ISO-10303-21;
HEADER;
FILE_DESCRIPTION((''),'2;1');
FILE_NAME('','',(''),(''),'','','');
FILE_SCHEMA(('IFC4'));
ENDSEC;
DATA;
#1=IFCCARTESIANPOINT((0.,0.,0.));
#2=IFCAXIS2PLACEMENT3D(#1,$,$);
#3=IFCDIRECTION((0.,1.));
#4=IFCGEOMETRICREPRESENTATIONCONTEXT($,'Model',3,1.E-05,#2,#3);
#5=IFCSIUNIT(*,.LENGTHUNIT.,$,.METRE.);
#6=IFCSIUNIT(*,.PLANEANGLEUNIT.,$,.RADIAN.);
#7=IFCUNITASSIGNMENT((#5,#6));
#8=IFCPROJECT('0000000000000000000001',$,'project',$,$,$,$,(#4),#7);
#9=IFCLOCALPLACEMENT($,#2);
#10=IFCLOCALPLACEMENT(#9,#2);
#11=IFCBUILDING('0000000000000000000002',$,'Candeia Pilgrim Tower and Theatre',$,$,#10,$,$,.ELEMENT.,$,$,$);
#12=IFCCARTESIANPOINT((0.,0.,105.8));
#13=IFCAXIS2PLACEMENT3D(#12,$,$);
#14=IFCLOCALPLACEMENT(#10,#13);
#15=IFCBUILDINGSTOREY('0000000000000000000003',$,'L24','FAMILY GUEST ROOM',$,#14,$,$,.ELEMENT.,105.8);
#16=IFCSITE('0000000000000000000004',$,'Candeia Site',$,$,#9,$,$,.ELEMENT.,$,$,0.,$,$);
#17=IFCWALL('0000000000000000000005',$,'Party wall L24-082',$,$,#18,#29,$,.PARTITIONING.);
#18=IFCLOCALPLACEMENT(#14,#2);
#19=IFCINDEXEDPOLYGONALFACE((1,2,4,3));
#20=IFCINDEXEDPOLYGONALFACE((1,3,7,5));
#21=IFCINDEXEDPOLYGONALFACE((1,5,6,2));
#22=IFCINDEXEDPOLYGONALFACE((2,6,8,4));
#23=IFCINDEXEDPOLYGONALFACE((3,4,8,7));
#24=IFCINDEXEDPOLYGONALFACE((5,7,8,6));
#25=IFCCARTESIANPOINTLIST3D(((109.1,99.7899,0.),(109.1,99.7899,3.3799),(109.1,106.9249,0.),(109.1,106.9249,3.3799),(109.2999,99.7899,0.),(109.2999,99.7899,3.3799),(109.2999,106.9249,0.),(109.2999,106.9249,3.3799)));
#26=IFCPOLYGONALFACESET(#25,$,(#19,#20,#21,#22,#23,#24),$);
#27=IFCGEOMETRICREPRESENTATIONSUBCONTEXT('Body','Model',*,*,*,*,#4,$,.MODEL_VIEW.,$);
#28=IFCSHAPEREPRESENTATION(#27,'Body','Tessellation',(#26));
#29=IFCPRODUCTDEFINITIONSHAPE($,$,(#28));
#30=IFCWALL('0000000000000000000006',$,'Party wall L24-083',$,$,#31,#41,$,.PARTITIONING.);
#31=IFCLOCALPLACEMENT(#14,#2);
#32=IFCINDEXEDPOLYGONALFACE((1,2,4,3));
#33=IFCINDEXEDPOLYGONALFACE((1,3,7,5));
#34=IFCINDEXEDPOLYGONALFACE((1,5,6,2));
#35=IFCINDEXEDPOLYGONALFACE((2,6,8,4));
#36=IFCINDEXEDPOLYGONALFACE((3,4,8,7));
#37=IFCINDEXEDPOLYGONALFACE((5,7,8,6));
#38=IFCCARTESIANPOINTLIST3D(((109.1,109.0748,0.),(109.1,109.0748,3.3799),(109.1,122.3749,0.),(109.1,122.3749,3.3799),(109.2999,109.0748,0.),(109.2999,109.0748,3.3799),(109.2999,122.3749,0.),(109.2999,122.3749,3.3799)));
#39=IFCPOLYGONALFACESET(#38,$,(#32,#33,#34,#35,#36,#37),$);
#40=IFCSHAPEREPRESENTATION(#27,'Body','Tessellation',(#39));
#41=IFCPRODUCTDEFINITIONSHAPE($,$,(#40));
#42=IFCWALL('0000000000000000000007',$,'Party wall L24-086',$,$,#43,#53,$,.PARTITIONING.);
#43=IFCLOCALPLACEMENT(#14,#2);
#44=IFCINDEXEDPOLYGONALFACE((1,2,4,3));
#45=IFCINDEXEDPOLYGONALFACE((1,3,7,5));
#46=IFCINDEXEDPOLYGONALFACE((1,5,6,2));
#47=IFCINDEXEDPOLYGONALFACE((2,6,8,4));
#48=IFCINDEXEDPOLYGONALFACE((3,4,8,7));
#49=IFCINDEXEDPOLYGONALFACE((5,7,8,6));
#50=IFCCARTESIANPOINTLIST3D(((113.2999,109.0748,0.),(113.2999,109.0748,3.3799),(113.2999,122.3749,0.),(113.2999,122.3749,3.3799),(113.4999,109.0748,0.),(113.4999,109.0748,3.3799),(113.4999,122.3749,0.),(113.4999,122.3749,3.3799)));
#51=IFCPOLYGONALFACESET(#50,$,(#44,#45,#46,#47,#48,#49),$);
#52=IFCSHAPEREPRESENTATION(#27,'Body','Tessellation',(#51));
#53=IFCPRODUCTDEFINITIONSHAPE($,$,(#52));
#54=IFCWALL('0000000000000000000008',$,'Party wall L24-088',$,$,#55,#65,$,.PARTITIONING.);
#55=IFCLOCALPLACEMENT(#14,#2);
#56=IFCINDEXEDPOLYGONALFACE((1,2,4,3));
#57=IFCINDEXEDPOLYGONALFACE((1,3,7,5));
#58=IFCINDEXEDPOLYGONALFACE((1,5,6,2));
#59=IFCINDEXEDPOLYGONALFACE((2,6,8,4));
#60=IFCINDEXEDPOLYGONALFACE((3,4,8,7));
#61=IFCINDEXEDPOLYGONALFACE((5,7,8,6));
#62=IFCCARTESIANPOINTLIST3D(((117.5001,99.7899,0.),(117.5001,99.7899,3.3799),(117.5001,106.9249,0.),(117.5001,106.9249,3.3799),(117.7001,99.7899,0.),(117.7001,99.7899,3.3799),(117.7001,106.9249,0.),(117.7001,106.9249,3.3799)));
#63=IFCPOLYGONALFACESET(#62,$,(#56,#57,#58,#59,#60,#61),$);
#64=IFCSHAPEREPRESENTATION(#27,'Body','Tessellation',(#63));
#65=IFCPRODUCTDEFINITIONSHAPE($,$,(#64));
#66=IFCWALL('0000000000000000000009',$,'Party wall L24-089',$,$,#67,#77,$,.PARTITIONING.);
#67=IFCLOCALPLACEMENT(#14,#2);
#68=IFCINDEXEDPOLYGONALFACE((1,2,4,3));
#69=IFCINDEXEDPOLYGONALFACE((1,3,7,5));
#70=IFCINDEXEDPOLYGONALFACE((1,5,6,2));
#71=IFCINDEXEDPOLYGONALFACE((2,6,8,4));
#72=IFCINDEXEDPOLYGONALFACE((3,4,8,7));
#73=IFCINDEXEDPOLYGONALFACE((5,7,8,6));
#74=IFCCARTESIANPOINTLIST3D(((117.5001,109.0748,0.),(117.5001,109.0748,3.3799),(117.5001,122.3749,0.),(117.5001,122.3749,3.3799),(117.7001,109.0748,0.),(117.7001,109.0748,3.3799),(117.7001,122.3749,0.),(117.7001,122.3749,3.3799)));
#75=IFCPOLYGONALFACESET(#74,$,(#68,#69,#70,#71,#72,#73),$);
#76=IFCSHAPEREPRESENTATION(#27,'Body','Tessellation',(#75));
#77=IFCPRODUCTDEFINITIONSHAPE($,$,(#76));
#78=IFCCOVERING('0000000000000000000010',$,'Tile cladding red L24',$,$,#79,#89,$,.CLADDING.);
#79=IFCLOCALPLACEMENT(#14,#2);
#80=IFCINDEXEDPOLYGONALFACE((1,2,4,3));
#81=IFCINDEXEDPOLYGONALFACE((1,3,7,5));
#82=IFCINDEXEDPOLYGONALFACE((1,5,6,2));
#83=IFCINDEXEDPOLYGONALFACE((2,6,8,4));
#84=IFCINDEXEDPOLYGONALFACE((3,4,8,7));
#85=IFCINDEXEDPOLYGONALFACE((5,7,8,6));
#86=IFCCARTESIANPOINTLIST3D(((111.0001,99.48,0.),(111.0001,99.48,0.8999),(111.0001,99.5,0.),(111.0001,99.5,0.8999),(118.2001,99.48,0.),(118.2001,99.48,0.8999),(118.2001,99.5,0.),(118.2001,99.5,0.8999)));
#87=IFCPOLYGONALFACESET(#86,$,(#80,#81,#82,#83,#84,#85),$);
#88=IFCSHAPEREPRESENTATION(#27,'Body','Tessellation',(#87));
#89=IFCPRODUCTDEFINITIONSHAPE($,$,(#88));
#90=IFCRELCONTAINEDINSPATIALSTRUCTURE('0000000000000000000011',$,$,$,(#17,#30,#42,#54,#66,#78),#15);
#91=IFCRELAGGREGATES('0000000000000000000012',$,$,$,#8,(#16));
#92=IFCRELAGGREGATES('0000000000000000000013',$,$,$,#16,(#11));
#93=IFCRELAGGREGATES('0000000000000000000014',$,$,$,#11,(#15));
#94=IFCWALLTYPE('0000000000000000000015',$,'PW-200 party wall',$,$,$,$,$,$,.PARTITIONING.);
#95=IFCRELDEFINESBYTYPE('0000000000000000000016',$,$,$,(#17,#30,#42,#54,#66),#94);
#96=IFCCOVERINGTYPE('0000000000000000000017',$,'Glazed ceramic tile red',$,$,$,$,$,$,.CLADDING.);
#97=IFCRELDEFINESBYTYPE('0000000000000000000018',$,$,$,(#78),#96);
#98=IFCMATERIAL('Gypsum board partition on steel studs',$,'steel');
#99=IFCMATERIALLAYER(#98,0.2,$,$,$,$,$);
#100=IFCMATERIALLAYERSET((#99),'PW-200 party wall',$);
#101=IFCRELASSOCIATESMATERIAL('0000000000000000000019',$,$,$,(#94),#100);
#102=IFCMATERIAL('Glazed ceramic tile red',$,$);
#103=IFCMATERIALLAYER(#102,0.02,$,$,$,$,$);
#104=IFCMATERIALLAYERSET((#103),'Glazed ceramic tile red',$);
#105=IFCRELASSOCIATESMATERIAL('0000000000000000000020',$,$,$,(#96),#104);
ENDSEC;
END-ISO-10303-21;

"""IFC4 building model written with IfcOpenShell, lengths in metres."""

from ifc_helpers import new_model, si_unit, direction, frame, frame_2d, origin, origin_2d, place, context, subcontext, project, spatial, rectangle, extrude, material, layer, layer_set, type_object, element, save


model = new_model("IFC4")

# Units and contexts
model_context = context("Model", 3, precision=1e-05, world=origin(), true_north=direction((0.0, 1.0)))
body_context = subcontext(model_context, "Body", "Model", "MODEL_VIEW")
ifc_project = project(units=[si_unit("LENGTHUNIT", "METRE"), si_unit("PLANEANGLEUNIT", "RADIAN")], contexts=[model_context])

# Site, building, storey
site_placement = place(None, origin())
site = spatial("IfcSite", under=ifc_project, at=site_placement, Name="Candeia Site", CompositionType="ELEMENT", RefElevation=0.0)
building_placement = place(site_placement, origin())
building = spatial("IfcBuilding", under=site, at=building_placement, Name="Candeia Pilgrim Tower and Theatre", CompositionType="ELEMENT")
storey_placement = place(building_placement, frame((0.0, 0.0, 105.8)))
storey = spatial("IfcBuildingStorey", under=building, at=storey_placement, Name="L24", Description="FAMILY GUEST ROOM", CompositionType="ELEMENT", Elevation=105.8)

# Shared definitions
ifc_material_1 = material(Name="Gypsum board partition on steel studs", Category="steel")

# Walls
ifc_layer_1 = layer(ifc_material_1, 0.2)
ifc_layer_set_1 = layer_set([ifc_layer_1], Name="PW-200 party wall")
wall_type_1 = type_object("IfcWallType", Name="PW-200 party wall", PredefinedType="PARTITIONING", material=ifc_layer_set_1)
wall_1_placement = place(storey_placement, frame((109.2, 99.79, 0.0), z_axis=(0.0, 0.0, 1.0), x_axis=(0.0, 1.0, 0.0)))
element("IfcWall", 1, at=wall_1_placement, inside=storey, type_object=wall_type_1, Name="Party wall L24-082", PredefinedType="PARTITIONING", context=body_context, shape_type="SweptSolid", body=[
    extrude(rectangle(XDim=7.135, YDim=0.2, at=frame_2d((3.5674, 0.0))), origin(), (0.0, 0.0, 1.0), 3.3799),
])
for number, where, z_axis, x_axis, name in (
    (2, (109.2, 109.075, 0.0), (0.0, 0.0, 1.0), (0.0, 1.0, 0.0), "Party wall L24-083"),
    (3, (113.3999, 109.075, 0.0), (0.0, 0.0, 1.0), (0.0, 1.0, 0.0), "Party wall L24-086"),
):
    element("IfcWall", number, at=place(storey_placement, frame(where, z_axis=z_axis, x_axis=x_axis)), inside=storey, type_object=wall_type_1, Name=name, PredefinedType="PARTITIONING", context=body_context, shape_type="SweptSolid", body=[
        extrude(rectangle(XDim=13.3, YDim=0.2, at=frame_2d((6.6499, 0.0))), origin(), (0.0, 0.0, 1.0), 3.3799),
    ])
wall_2_placement = place(storey_placement, frame((117.6001, 99.79, 0.0), z_axis=(0.0, 0.0, 1.0), x_axis=(0.0, 1.0, 0.0)))
element("IfcWall", 4, at=wall_2_placement, inside=storey, type_object=wall_type_1, Name="Party wall L24-088", PredefinedType="PARTITIONING", context=body_context, shape_type="SweptSolid", body=[
    extrude(rectangle(XDim=7.135, YDim=0.2, at=frame_2d((3.5674, 0.0))), origin(), (0.0, 0.0, 1.0), 3.3799),
])
wall_3_placement = place(storey_placement, frame((117.6001, 109.075, 0.0), z_axis=(0.0, 0.0, 1.0), x_axis=(0.0, 1.0, 0.0)))
element("IfcWall", 5, at=wall_3_placement, inside=storey, type_object=wall_type_1, Name="Party wall L24-089", PredefinedType="PARTITIONING", context=body_context, shape_type="SweptSolid", body=[
    extrude(rectangle(XDim=13.3, YDim=0.2, at=frame_2d((6.6499, 0.0))), origin(), (0.0, 0.0, 1.0), 3.3799),
])

# Covering
ifc_material_2 = material(Name="Glazed ceramic tile red")
ifc_layer_2 = layer(ifc_material_2, 0.02)
ifc_layer_set_2 = layer_set([ifc_layer_2], Name="Glazed ceramic tile red")
covering_type = type_object("IfcCoveringType", Name="Glazed ceramic tile red", PredefinedType="CLADDING", material=ifc_layer_set_2)
covering_placement = place(storey_placement, frame((114.6001, 99.49, 0.0), z_axis=(0.0, 0.0, 1.0), x_axis=(1.0, 0.0, 0.0)))
element("IfcCovering", 6, at=covering_placement, inside=storey, type_object=covering_type, Name="Tile cladding red L24", PredefinedType="CLADDING", context=body_context, shape_type="SweptSolid", body=[
    extrude(rectangle(XDim=7.2, YDim=0.02, at=origin_2d()), origin(), (0.0, 0.0, 1.0), 0.8999),
])

save(model, "model.ifc")
